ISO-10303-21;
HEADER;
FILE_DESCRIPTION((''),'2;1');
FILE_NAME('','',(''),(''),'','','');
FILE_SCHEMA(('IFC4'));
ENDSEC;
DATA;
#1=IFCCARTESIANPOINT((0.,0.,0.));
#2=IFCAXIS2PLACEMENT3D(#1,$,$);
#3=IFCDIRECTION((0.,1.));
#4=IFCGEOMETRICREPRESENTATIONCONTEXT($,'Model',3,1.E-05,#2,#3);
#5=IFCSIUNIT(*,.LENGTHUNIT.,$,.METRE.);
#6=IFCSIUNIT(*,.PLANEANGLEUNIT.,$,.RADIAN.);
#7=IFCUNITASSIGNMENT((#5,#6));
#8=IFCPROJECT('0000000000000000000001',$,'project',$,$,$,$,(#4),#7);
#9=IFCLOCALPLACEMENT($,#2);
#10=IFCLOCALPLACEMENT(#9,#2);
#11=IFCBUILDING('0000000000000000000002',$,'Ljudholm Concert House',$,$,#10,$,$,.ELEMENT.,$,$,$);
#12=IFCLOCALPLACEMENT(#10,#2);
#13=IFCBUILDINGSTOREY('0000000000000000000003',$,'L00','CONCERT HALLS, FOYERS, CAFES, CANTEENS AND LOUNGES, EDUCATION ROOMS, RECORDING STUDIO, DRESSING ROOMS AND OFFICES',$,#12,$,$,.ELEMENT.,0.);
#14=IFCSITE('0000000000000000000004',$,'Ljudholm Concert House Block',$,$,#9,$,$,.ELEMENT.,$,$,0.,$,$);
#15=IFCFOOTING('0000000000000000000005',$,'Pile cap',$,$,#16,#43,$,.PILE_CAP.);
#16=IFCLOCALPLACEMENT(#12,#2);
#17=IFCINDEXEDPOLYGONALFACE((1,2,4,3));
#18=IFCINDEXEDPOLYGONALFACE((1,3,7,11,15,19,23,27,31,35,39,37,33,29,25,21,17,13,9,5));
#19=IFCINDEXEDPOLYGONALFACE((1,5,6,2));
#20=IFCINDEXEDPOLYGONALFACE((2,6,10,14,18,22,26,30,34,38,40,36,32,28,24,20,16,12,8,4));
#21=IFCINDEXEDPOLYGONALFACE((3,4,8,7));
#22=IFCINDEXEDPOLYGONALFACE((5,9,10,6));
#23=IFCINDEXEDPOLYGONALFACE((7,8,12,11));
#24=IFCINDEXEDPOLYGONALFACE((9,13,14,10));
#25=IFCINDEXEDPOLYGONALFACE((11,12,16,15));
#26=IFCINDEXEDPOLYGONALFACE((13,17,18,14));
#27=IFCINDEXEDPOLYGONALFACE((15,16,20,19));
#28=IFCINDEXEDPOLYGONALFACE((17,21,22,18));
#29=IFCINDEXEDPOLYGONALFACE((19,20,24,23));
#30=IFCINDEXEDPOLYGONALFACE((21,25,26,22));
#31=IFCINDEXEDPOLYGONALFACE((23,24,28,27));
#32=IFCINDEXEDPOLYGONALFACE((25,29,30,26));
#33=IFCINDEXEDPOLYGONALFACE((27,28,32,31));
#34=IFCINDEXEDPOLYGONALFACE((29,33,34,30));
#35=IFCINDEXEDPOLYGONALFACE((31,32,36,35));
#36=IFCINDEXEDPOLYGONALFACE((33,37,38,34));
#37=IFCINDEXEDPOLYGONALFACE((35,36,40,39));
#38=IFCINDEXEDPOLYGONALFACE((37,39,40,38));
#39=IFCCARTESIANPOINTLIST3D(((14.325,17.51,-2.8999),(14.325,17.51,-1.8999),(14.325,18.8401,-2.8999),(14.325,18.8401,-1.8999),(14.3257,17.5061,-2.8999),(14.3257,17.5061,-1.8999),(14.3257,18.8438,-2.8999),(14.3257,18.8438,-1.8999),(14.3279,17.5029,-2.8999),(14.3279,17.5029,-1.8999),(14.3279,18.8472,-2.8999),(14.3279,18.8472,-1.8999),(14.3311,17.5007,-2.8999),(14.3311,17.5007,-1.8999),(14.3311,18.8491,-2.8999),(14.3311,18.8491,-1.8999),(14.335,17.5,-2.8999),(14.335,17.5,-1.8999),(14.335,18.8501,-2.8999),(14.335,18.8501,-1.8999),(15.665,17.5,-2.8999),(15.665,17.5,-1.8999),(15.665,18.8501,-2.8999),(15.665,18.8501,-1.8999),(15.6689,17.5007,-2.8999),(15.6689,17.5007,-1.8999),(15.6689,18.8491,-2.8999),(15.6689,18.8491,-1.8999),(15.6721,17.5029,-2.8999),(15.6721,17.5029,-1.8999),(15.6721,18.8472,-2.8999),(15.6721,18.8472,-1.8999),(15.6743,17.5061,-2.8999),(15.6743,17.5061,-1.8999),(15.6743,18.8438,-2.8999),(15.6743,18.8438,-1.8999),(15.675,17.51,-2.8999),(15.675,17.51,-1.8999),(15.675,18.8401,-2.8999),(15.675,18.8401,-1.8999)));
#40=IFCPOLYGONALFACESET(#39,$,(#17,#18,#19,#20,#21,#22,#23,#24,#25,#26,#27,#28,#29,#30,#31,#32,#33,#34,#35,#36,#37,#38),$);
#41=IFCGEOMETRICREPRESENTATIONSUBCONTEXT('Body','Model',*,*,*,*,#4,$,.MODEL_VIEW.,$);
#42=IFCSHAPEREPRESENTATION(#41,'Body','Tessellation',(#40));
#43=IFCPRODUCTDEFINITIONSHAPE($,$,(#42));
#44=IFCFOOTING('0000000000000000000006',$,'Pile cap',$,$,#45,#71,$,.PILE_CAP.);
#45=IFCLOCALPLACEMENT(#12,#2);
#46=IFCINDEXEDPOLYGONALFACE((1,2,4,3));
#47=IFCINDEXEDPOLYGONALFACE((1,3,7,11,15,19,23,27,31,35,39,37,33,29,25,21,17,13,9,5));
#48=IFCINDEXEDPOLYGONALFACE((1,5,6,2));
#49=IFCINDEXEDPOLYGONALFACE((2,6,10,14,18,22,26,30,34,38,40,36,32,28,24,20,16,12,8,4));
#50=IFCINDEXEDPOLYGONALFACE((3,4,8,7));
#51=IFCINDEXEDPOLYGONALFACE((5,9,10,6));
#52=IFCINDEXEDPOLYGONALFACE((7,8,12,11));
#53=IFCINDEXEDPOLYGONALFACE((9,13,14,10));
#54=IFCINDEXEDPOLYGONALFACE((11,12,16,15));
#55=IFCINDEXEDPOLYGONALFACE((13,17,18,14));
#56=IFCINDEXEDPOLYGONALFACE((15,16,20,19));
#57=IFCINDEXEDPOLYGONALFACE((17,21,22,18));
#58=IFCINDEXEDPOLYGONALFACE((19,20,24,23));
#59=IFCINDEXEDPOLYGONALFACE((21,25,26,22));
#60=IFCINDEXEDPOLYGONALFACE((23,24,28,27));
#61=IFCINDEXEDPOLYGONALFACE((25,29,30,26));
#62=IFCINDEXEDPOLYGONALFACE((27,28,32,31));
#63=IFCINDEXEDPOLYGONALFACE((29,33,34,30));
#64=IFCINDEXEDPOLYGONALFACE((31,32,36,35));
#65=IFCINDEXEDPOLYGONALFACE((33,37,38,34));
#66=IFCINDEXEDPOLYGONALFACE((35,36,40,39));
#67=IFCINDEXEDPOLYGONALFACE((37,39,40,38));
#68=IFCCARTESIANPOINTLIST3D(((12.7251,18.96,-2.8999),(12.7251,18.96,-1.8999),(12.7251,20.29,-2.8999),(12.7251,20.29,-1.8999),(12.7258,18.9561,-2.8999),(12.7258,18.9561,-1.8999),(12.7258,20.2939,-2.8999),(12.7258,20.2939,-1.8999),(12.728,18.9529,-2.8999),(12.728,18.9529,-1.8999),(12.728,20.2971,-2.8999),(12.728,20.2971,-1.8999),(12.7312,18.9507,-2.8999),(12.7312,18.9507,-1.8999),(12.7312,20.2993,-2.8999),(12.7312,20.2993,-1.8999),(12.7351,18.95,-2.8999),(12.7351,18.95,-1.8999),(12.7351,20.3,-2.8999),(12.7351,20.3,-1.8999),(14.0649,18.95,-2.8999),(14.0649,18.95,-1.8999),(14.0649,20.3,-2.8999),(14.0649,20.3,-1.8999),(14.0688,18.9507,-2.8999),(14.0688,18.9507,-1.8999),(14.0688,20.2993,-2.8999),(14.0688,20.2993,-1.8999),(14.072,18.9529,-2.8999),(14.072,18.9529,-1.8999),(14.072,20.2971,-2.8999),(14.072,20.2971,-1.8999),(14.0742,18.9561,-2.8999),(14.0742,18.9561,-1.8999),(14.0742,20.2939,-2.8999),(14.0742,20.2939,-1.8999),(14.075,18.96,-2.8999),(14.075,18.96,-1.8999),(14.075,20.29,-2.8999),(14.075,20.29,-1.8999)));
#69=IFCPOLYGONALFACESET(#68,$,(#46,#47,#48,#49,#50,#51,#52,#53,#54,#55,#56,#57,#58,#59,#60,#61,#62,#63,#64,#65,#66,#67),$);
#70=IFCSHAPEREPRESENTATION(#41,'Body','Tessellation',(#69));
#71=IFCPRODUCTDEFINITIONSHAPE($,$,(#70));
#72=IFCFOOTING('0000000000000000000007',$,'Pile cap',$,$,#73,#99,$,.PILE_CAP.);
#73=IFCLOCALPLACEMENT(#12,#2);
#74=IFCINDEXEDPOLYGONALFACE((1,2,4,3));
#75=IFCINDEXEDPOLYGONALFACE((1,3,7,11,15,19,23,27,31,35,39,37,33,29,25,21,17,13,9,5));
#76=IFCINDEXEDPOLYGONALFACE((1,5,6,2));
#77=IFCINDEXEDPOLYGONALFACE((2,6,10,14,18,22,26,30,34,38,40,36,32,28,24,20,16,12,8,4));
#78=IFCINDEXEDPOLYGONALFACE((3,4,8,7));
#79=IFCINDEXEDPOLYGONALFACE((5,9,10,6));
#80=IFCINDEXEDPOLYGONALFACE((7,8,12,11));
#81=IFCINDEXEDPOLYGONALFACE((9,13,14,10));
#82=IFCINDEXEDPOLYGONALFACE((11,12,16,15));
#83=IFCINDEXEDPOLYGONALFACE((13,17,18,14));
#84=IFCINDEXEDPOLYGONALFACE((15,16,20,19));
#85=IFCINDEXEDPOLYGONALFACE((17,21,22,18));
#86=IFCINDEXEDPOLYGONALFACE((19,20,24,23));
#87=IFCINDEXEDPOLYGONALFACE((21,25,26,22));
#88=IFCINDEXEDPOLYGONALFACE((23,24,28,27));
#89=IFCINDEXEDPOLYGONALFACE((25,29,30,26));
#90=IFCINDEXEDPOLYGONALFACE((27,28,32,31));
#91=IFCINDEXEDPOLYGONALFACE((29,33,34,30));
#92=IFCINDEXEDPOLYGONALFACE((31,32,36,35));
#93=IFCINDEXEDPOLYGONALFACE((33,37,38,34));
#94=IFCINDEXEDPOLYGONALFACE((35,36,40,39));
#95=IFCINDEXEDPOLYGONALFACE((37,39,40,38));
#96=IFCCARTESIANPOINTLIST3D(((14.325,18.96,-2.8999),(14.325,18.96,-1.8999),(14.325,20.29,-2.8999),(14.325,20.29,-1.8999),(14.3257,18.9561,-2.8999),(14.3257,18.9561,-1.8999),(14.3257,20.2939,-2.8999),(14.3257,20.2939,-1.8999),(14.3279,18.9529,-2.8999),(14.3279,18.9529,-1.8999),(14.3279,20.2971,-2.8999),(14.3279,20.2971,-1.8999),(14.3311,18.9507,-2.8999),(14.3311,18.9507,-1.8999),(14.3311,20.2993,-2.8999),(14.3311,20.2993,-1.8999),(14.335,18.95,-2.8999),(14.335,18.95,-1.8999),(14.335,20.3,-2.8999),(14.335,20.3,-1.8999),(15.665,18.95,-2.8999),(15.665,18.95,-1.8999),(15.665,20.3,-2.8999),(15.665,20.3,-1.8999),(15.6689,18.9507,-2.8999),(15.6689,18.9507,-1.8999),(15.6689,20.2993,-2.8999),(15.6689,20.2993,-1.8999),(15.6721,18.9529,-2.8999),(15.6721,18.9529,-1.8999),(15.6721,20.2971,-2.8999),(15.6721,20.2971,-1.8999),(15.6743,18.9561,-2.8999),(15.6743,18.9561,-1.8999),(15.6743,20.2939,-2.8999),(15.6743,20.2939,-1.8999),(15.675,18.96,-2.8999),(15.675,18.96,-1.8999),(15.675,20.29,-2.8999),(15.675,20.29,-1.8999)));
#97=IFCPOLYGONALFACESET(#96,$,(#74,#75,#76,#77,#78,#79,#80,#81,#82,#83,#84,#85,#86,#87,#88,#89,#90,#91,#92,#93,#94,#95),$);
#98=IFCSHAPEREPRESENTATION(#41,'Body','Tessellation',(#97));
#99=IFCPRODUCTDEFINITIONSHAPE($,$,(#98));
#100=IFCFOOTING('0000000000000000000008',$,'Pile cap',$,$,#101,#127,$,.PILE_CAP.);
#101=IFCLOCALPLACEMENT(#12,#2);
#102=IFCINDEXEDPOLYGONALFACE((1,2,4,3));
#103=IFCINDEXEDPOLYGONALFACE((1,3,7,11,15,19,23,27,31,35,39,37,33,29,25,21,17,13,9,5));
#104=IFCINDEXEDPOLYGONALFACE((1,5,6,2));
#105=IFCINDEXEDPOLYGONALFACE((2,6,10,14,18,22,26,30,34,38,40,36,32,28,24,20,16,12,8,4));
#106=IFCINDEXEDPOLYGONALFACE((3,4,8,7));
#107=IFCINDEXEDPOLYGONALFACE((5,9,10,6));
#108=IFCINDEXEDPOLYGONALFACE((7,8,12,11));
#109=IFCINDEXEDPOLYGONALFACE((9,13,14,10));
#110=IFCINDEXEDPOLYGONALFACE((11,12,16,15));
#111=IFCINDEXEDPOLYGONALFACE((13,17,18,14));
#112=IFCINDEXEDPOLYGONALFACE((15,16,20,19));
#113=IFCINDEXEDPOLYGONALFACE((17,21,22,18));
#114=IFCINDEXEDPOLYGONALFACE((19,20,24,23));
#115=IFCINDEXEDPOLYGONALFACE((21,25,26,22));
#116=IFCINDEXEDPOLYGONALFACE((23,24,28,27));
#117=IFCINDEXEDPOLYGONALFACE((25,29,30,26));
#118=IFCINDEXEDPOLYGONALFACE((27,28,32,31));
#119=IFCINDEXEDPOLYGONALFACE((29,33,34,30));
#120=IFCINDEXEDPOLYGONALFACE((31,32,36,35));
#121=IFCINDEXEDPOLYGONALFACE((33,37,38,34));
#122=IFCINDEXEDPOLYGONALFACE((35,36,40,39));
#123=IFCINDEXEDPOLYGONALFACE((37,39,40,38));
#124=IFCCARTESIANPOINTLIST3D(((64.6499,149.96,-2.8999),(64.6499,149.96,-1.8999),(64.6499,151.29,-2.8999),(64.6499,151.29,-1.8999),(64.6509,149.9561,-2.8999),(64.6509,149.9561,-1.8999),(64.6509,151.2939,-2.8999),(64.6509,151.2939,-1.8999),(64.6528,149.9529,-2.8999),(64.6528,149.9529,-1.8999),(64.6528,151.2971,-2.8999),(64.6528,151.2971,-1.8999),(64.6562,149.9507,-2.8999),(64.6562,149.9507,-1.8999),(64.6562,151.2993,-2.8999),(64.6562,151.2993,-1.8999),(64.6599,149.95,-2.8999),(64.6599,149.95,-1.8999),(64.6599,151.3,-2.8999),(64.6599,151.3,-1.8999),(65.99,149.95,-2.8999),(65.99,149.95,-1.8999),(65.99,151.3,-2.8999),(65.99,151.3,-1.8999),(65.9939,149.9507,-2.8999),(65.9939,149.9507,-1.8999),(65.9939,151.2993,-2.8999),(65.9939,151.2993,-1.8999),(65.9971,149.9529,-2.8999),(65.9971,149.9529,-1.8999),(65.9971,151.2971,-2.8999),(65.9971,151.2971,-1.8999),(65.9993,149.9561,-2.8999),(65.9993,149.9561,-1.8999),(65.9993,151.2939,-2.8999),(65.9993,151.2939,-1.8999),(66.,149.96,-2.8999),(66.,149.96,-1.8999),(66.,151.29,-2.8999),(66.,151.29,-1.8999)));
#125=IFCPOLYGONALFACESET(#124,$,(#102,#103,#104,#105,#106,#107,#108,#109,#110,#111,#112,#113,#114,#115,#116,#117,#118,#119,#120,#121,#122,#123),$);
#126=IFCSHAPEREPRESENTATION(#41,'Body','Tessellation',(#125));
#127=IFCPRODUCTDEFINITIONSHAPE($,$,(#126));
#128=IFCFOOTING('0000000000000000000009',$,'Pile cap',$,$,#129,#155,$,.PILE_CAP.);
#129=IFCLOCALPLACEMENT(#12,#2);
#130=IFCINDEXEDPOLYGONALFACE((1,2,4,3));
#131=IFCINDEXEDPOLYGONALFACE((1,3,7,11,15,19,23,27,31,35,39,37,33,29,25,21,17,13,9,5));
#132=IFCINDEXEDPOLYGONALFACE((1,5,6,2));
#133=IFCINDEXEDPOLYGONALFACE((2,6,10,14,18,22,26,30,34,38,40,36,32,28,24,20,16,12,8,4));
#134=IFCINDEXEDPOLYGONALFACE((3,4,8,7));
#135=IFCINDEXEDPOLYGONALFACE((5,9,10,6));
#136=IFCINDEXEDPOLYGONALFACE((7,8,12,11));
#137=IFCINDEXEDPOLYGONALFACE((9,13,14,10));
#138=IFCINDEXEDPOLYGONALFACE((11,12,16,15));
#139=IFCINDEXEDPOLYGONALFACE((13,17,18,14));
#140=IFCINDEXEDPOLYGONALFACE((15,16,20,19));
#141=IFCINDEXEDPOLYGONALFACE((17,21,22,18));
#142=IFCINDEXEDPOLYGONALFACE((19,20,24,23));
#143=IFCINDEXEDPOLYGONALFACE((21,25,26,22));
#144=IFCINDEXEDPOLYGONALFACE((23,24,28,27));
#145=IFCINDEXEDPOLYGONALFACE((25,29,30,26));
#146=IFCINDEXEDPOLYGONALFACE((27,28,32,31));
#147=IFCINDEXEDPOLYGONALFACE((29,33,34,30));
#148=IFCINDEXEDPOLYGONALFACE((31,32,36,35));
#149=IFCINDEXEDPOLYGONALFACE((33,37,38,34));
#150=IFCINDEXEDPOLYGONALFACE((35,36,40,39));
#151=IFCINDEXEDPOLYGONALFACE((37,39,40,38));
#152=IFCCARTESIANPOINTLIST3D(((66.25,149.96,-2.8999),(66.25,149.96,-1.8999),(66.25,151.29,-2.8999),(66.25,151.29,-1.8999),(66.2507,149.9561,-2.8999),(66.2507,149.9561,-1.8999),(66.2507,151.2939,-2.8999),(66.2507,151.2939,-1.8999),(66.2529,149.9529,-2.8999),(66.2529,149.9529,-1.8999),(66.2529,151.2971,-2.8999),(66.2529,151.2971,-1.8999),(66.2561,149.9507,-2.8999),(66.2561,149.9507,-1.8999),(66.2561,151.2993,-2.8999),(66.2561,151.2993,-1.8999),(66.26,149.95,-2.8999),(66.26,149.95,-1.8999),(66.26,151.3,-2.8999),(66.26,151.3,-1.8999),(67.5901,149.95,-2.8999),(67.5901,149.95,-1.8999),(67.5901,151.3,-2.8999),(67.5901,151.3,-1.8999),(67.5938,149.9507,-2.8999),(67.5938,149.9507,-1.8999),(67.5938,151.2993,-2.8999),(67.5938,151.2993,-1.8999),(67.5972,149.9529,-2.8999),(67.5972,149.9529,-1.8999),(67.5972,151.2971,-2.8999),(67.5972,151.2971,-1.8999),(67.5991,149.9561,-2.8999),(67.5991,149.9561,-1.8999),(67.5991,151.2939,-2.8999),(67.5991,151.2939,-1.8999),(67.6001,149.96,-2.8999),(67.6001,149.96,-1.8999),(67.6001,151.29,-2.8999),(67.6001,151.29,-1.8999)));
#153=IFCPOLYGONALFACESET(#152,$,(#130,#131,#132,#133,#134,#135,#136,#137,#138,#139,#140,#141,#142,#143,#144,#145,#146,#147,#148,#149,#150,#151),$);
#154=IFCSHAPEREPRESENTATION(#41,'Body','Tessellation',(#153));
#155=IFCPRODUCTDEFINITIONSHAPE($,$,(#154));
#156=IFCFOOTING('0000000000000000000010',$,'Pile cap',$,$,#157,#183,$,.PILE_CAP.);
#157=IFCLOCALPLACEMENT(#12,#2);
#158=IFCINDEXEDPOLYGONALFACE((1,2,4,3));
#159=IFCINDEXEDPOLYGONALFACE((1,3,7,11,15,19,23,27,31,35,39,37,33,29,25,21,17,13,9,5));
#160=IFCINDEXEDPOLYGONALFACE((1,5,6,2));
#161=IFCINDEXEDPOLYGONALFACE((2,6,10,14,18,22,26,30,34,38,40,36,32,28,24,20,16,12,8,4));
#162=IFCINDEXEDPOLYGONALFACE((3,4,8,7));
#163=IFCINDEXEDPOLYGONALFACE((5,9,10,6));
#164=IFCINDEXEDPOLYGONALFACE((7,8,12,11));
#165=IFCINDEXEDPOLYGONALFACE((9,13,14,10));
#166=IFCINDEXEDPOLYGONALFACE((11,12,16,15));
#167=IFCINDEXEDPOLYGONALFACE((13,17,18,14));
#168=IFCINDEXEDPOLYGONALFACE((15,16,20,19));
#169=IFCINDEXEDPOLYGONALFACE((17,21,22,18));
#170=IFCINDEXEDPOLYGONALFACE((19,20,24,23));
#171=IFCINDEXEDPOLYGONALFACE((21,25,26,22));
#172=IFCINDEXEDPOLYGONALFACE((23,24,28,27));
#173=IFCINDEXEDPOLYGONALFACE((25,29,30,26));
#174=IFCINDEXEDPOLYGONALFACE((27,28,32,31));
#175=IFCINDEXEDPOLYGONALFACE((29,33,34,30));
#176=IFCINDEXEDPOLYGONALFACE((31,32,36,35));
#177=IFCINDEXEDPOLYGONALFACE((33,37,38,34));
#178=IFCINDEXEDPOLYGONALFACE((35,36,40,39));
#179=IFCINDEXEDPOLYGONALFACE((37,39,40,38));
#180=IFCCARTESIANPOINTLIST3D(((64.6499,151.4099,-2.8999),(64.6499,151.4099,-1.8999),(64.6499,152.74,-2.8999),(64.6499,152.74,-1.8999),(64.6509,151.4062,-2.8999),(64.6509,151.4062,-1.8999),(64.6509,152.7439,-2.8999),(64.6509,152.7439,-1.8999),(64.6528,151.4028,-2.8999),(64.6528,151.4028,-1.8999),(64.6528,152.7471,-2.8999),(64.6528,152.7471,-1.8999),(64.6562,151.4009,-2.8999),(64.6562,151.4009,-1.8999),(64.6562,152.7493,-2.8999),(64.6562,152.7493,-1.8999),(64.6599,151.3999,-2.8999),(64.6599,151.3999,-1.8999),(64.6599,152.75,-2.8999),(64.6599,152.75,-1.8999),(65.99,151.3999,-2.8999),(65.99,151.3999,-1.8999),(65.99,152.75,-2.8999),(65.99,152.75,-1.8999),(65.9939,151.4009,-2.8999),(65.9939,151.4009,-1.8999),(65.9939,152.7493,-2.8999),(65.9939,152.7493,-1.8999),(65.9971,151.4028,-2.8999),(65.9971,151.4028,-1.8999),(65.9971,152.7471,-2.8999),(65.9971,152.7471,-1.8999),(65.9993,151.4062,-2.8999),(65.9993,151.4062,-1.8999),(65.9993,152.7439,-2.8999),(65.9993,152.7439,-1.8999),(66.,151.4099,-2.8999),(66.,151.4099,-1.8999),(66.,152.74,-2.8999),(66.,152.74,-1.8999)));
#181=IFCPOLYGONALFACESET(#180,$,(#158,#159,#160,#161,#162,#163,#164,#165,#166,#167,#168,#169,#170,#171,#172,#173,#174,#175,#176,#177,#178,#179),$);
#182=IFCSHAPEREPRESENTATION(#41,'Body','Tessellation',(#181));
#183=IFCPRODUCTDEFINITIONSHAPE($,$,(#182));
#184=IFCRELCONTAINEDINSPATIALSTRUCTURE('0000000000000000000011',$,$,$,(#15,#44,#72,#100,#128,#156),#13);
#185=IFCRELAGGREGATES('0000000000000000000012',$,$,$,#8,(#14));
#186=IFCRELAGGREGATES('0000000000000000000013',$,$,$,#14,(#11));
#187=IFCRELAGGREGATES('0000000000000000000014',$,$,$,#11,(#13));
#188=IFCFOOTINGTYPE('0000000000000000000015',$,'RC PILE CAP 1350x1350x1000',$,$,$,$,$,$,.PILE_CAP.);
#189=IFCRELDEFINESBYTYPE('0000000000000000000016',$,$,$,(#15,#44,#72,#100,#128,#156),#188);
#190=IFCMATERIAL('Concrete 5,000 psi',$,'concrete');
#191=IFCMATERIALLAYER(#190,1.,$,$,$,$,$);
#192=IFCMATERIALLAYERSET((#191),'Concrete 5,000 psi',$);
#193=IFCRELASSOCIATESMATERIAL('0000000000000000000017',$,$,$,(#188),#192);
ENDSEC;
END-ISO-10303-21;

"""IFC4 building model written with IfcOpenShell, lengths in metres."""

from ifc_helpers import new_model, si_unit, direction, frame, origin, place, context, subcontext, project, spatial, polyline, outline, extrude, material, layer, layer_set, type_object, element, save


model = new_model("IFC4")

# Units and contexts
model_context = context("Model", 3, precision=1e-05, world=origin(), true_north=direction((0.0, 1.0)))
body_context = subcontext(model_context, "Body", "Model", "MODEL_VIEW")
ifc_project = project(units=[si_unit("LENGTHUNIT", "METRE"), si_unit("PLANEANGLEUNIT", "RADIAN")], contexts=[model_context])

# Site, building, storey
site_placement = place(None, origin())
site = spatial("IfcSite", under=ifc_project, at=site_placement, Name="Ljudholm Concert House Block", CompositionType="ELEMENT", RefElevation=0.0)
building_placement = place(site_placement, origin())
building = spatial("IfcBuilding", under=site, at=building_placement, Name="Ljudholm Concert House", CompositionType="ELEMENT")
storey_placement = place(building_placement, origin())
storey = spatial("IfcBuildingStorey", under=building, at=storey_placement, Name="L00", Description="CONCERT HALLS, FOYERS, CAFES, CANTEENS AND LOUNGES, EDUCATION ROOMS, RECORDING STUDIO, DRESSING ROOMS AND OFFICES", CompositionType="ELEMENT", Elevation=0.0)

# Footings
ifc_material_1 = material(Name="Concrete 5,000 psi", Category="concrete")
ifc_layer_1 = layer(ifc_material_1, 1.0)
ifc_layer_set_1 = layer_set([ifc_layer_1], Name="Concrete 5,000 psi")
footing_type_1 = type_object("IfcFootingType", Name="RC PILE CAP 1350x1350x1000", PredefinedType="PILE_CAP", material=ifc_layer_set_1)
footing_1_placement = place(storey_placement, frame((0.0, 0.0, -2.8999)))
element("IfcFooting", 1, at=footing_1_placement, inside=storey, type_object=footing_type_1, Name="Pile cap", PredefinedType="PILE_CAP", context=body_context, shape_type="SweptSolid", body=[
    extrude(outline(polyline([(14.335, 17.5), (15.665, 17.5), (15.6689, 17.5007), (15.6721, 17.5029), (15.6743, 17.5061), (15.675, 17.51), (15.675, 18.8401), (15.6743, 18.8438), (15.6721, 18.8472), (15.6689, 18.8491), (15.665, 18.8501), (14.335, 18.8501), (14.3311, 18.8491), (14.3279, 18.8472), (14.3257, 18.8438), (14.325, 18.8401), (14.325, 17.51), (14.3257, 17.5061), (14.3279, 17.5029), (14.3311, 17.5007), (14.335, 17.5)])), origin(), (0.0, 0.0, 1.0), 1.0),
])
footing_2_placement = place(storey_placement, frame((0.0, 0.0, -2.8999)))
element("IfcFooting", 2, at=footing_2_placement, inside=storey, type_object=footing_type_1, Name="Pile cap", PredefinedType="PILE_CAP", context=body_context, shape_type="SweptSolid", body=[
    extrude(outline(polyline([(12.7351, 18.95), (14.0649, 18.95), (14.0688, 18.9507), (14.072, 18.9529), (14.0742, 18.9561), (14.075, 18.96), (14.075, 20.29), (14.0742, 20.2939), (14.072, 20.2971), (14.0688, 20.2993), (14.0649, 20.3), (12.7351, 20.3), (12.7312, 20.2993), (12.728, 20.2971), (12.7258, 20.2939), (12.7251, 20.29), (12.7251, 18.96), (12.7258, 18.9561), (12.728, 18.9529), (12.7312, 18.9507), (12.7351, 18.95)])), origin(), (0.0, 0.0, 1.0), 1.0),
])
footing_3_placement = place(storey_placement, frame((0.0, 0.0, -2.8999)))
element("IfcFooting", 3, at=footing_3_placement, inside=storey, type_object=footing_type_1, Name="Pile cap", PredefinedType="PILE_CAP", context=body_context, shape_type="SweptSolid", body=[
    extrude(outline(polyline([(14.335, 18.95), (15.665, 18.95), (15.6689, 18.9507), (15.6721, 18.9529), (15.6743, 18.9561), (15.675, 18.96), (15.675, 20.29), (15.6743, 20.2939), (15.6721, 20.2971), (15.6689, 20.2993), (15.665, 20.3), (14.335, 20.3), (14.3311, 20.2993), (14.3279, 20.2971), (14.3257, 20.2939), (14.325, 20.29), (14.325, 18.96), (14.3257, 18.9561), (14.3279, 18.9529), (14.3311, 18.9507), (14.335, 18.95)])), origin(), (0.0, 0.0, 1.0), 1.0),
])
footing_4_placement = place(storey_placement, frame((0.0, 0.0, -2.8999)))
element("IfcFooting", 4, at=footing_4_placement, inside=storey, type_object=footing_type_1, Name="Pile cap", PredefinedType="PILE_CAP", context=body_context, shape_type="SweptSolid", body=[
    extrude(outline(polyline([(64.6599, 149.95), (65.99, 149.95), (65.9939, 149.9507), (65.9971, 149.9529), (65.9993, 149.9561), (66.0, 149.96), (66.0, 151.29), (65.9993, 151.2939), (65.9971, 151.2971), (65.9939, 151.2993), (65.99, 151.3), (64.6599, 151.3), (64.6562, 151.2993), (64.6528, 151.2971), (64.6509, 151.2939), (64.6499, 151.29), (64.6499, 149.96), (64.6509, 149.9561), (64.6528, 149.9529), (64.6562, 149.9507), (64.6599, 149.95)])), origin(), (0.0, 0.0, 1.0), 1.0),
])
footing_5_placement = place(storey_placement, frame((0.0, 0.0, -2.8999)))
element("IfcFooting", 5, at=footing_5_placement, inside=storey, type_object=footing_type_1, Name="Pile cap", PredefinedType="PILE_CAP", context=body_context, shape_type="SweptSolid", body=[
    extrude(outline(polyline([(66.26, 149.95), (67.5901, 149.95), (67.5938, 149.9507), (67.5972, 149.9529), (67.5991, 149.9561), (67.6001, 149.96), (67.6001, 151.29), (67.5991, 151.2939), (67.5972, 151.2971), (67.5938, 151.2993), (67.5901, 151.3), (66.26, 151.3), (66.2561, 151.2993), (66.2529, 151.2971), (66.2507, 151.2939), (66.25, 151.29), (66.25, 149.96), (66.2507, 149.9561), (66.2529, 149.9529), (66.2561, 149.9507), (66.26, 149.95)])), origin(), (0.0, 0.0, 1.0), 1.0),
])
footing_6_placement = place(storey_placement, frame((0.0, 0.0, -2.8999)))
element("IfcFooting", 6, at=footing_6_placement, inside=storey, type_object=footing_type_1, Name="Pile cap", PredefinedType="PILE_CAP", context=body_context, shape_type="SweptSolid", body=[
    extrude(outline(polyline([(64.6599, 151.3999), (65.99, 151.3999), (65.9939, 151.4009), (65.9971, 151.4028), (65.9993, 151.4062), (66.0, 151.4099), (66.0, 152.74), (65.9993, 152.7439), (65.9971, 152.7471), (65.9939, 152.7493), (65.99, 152.75), (64.6599, 152.75), (64.6562, 152.7493), (64.6528, 152.7471), (64.6509, 152.7439), (64.6499, 152.74), (64.6499, 151.4099), (64.6509, 151.4062), (64.6528, 151.4028), (64.6562, 151.4009), (64.6599, 151.3999)])), origin(), (0.0, 0.0, 1.0), 1.0),
])

save(model, "model.ifc")
